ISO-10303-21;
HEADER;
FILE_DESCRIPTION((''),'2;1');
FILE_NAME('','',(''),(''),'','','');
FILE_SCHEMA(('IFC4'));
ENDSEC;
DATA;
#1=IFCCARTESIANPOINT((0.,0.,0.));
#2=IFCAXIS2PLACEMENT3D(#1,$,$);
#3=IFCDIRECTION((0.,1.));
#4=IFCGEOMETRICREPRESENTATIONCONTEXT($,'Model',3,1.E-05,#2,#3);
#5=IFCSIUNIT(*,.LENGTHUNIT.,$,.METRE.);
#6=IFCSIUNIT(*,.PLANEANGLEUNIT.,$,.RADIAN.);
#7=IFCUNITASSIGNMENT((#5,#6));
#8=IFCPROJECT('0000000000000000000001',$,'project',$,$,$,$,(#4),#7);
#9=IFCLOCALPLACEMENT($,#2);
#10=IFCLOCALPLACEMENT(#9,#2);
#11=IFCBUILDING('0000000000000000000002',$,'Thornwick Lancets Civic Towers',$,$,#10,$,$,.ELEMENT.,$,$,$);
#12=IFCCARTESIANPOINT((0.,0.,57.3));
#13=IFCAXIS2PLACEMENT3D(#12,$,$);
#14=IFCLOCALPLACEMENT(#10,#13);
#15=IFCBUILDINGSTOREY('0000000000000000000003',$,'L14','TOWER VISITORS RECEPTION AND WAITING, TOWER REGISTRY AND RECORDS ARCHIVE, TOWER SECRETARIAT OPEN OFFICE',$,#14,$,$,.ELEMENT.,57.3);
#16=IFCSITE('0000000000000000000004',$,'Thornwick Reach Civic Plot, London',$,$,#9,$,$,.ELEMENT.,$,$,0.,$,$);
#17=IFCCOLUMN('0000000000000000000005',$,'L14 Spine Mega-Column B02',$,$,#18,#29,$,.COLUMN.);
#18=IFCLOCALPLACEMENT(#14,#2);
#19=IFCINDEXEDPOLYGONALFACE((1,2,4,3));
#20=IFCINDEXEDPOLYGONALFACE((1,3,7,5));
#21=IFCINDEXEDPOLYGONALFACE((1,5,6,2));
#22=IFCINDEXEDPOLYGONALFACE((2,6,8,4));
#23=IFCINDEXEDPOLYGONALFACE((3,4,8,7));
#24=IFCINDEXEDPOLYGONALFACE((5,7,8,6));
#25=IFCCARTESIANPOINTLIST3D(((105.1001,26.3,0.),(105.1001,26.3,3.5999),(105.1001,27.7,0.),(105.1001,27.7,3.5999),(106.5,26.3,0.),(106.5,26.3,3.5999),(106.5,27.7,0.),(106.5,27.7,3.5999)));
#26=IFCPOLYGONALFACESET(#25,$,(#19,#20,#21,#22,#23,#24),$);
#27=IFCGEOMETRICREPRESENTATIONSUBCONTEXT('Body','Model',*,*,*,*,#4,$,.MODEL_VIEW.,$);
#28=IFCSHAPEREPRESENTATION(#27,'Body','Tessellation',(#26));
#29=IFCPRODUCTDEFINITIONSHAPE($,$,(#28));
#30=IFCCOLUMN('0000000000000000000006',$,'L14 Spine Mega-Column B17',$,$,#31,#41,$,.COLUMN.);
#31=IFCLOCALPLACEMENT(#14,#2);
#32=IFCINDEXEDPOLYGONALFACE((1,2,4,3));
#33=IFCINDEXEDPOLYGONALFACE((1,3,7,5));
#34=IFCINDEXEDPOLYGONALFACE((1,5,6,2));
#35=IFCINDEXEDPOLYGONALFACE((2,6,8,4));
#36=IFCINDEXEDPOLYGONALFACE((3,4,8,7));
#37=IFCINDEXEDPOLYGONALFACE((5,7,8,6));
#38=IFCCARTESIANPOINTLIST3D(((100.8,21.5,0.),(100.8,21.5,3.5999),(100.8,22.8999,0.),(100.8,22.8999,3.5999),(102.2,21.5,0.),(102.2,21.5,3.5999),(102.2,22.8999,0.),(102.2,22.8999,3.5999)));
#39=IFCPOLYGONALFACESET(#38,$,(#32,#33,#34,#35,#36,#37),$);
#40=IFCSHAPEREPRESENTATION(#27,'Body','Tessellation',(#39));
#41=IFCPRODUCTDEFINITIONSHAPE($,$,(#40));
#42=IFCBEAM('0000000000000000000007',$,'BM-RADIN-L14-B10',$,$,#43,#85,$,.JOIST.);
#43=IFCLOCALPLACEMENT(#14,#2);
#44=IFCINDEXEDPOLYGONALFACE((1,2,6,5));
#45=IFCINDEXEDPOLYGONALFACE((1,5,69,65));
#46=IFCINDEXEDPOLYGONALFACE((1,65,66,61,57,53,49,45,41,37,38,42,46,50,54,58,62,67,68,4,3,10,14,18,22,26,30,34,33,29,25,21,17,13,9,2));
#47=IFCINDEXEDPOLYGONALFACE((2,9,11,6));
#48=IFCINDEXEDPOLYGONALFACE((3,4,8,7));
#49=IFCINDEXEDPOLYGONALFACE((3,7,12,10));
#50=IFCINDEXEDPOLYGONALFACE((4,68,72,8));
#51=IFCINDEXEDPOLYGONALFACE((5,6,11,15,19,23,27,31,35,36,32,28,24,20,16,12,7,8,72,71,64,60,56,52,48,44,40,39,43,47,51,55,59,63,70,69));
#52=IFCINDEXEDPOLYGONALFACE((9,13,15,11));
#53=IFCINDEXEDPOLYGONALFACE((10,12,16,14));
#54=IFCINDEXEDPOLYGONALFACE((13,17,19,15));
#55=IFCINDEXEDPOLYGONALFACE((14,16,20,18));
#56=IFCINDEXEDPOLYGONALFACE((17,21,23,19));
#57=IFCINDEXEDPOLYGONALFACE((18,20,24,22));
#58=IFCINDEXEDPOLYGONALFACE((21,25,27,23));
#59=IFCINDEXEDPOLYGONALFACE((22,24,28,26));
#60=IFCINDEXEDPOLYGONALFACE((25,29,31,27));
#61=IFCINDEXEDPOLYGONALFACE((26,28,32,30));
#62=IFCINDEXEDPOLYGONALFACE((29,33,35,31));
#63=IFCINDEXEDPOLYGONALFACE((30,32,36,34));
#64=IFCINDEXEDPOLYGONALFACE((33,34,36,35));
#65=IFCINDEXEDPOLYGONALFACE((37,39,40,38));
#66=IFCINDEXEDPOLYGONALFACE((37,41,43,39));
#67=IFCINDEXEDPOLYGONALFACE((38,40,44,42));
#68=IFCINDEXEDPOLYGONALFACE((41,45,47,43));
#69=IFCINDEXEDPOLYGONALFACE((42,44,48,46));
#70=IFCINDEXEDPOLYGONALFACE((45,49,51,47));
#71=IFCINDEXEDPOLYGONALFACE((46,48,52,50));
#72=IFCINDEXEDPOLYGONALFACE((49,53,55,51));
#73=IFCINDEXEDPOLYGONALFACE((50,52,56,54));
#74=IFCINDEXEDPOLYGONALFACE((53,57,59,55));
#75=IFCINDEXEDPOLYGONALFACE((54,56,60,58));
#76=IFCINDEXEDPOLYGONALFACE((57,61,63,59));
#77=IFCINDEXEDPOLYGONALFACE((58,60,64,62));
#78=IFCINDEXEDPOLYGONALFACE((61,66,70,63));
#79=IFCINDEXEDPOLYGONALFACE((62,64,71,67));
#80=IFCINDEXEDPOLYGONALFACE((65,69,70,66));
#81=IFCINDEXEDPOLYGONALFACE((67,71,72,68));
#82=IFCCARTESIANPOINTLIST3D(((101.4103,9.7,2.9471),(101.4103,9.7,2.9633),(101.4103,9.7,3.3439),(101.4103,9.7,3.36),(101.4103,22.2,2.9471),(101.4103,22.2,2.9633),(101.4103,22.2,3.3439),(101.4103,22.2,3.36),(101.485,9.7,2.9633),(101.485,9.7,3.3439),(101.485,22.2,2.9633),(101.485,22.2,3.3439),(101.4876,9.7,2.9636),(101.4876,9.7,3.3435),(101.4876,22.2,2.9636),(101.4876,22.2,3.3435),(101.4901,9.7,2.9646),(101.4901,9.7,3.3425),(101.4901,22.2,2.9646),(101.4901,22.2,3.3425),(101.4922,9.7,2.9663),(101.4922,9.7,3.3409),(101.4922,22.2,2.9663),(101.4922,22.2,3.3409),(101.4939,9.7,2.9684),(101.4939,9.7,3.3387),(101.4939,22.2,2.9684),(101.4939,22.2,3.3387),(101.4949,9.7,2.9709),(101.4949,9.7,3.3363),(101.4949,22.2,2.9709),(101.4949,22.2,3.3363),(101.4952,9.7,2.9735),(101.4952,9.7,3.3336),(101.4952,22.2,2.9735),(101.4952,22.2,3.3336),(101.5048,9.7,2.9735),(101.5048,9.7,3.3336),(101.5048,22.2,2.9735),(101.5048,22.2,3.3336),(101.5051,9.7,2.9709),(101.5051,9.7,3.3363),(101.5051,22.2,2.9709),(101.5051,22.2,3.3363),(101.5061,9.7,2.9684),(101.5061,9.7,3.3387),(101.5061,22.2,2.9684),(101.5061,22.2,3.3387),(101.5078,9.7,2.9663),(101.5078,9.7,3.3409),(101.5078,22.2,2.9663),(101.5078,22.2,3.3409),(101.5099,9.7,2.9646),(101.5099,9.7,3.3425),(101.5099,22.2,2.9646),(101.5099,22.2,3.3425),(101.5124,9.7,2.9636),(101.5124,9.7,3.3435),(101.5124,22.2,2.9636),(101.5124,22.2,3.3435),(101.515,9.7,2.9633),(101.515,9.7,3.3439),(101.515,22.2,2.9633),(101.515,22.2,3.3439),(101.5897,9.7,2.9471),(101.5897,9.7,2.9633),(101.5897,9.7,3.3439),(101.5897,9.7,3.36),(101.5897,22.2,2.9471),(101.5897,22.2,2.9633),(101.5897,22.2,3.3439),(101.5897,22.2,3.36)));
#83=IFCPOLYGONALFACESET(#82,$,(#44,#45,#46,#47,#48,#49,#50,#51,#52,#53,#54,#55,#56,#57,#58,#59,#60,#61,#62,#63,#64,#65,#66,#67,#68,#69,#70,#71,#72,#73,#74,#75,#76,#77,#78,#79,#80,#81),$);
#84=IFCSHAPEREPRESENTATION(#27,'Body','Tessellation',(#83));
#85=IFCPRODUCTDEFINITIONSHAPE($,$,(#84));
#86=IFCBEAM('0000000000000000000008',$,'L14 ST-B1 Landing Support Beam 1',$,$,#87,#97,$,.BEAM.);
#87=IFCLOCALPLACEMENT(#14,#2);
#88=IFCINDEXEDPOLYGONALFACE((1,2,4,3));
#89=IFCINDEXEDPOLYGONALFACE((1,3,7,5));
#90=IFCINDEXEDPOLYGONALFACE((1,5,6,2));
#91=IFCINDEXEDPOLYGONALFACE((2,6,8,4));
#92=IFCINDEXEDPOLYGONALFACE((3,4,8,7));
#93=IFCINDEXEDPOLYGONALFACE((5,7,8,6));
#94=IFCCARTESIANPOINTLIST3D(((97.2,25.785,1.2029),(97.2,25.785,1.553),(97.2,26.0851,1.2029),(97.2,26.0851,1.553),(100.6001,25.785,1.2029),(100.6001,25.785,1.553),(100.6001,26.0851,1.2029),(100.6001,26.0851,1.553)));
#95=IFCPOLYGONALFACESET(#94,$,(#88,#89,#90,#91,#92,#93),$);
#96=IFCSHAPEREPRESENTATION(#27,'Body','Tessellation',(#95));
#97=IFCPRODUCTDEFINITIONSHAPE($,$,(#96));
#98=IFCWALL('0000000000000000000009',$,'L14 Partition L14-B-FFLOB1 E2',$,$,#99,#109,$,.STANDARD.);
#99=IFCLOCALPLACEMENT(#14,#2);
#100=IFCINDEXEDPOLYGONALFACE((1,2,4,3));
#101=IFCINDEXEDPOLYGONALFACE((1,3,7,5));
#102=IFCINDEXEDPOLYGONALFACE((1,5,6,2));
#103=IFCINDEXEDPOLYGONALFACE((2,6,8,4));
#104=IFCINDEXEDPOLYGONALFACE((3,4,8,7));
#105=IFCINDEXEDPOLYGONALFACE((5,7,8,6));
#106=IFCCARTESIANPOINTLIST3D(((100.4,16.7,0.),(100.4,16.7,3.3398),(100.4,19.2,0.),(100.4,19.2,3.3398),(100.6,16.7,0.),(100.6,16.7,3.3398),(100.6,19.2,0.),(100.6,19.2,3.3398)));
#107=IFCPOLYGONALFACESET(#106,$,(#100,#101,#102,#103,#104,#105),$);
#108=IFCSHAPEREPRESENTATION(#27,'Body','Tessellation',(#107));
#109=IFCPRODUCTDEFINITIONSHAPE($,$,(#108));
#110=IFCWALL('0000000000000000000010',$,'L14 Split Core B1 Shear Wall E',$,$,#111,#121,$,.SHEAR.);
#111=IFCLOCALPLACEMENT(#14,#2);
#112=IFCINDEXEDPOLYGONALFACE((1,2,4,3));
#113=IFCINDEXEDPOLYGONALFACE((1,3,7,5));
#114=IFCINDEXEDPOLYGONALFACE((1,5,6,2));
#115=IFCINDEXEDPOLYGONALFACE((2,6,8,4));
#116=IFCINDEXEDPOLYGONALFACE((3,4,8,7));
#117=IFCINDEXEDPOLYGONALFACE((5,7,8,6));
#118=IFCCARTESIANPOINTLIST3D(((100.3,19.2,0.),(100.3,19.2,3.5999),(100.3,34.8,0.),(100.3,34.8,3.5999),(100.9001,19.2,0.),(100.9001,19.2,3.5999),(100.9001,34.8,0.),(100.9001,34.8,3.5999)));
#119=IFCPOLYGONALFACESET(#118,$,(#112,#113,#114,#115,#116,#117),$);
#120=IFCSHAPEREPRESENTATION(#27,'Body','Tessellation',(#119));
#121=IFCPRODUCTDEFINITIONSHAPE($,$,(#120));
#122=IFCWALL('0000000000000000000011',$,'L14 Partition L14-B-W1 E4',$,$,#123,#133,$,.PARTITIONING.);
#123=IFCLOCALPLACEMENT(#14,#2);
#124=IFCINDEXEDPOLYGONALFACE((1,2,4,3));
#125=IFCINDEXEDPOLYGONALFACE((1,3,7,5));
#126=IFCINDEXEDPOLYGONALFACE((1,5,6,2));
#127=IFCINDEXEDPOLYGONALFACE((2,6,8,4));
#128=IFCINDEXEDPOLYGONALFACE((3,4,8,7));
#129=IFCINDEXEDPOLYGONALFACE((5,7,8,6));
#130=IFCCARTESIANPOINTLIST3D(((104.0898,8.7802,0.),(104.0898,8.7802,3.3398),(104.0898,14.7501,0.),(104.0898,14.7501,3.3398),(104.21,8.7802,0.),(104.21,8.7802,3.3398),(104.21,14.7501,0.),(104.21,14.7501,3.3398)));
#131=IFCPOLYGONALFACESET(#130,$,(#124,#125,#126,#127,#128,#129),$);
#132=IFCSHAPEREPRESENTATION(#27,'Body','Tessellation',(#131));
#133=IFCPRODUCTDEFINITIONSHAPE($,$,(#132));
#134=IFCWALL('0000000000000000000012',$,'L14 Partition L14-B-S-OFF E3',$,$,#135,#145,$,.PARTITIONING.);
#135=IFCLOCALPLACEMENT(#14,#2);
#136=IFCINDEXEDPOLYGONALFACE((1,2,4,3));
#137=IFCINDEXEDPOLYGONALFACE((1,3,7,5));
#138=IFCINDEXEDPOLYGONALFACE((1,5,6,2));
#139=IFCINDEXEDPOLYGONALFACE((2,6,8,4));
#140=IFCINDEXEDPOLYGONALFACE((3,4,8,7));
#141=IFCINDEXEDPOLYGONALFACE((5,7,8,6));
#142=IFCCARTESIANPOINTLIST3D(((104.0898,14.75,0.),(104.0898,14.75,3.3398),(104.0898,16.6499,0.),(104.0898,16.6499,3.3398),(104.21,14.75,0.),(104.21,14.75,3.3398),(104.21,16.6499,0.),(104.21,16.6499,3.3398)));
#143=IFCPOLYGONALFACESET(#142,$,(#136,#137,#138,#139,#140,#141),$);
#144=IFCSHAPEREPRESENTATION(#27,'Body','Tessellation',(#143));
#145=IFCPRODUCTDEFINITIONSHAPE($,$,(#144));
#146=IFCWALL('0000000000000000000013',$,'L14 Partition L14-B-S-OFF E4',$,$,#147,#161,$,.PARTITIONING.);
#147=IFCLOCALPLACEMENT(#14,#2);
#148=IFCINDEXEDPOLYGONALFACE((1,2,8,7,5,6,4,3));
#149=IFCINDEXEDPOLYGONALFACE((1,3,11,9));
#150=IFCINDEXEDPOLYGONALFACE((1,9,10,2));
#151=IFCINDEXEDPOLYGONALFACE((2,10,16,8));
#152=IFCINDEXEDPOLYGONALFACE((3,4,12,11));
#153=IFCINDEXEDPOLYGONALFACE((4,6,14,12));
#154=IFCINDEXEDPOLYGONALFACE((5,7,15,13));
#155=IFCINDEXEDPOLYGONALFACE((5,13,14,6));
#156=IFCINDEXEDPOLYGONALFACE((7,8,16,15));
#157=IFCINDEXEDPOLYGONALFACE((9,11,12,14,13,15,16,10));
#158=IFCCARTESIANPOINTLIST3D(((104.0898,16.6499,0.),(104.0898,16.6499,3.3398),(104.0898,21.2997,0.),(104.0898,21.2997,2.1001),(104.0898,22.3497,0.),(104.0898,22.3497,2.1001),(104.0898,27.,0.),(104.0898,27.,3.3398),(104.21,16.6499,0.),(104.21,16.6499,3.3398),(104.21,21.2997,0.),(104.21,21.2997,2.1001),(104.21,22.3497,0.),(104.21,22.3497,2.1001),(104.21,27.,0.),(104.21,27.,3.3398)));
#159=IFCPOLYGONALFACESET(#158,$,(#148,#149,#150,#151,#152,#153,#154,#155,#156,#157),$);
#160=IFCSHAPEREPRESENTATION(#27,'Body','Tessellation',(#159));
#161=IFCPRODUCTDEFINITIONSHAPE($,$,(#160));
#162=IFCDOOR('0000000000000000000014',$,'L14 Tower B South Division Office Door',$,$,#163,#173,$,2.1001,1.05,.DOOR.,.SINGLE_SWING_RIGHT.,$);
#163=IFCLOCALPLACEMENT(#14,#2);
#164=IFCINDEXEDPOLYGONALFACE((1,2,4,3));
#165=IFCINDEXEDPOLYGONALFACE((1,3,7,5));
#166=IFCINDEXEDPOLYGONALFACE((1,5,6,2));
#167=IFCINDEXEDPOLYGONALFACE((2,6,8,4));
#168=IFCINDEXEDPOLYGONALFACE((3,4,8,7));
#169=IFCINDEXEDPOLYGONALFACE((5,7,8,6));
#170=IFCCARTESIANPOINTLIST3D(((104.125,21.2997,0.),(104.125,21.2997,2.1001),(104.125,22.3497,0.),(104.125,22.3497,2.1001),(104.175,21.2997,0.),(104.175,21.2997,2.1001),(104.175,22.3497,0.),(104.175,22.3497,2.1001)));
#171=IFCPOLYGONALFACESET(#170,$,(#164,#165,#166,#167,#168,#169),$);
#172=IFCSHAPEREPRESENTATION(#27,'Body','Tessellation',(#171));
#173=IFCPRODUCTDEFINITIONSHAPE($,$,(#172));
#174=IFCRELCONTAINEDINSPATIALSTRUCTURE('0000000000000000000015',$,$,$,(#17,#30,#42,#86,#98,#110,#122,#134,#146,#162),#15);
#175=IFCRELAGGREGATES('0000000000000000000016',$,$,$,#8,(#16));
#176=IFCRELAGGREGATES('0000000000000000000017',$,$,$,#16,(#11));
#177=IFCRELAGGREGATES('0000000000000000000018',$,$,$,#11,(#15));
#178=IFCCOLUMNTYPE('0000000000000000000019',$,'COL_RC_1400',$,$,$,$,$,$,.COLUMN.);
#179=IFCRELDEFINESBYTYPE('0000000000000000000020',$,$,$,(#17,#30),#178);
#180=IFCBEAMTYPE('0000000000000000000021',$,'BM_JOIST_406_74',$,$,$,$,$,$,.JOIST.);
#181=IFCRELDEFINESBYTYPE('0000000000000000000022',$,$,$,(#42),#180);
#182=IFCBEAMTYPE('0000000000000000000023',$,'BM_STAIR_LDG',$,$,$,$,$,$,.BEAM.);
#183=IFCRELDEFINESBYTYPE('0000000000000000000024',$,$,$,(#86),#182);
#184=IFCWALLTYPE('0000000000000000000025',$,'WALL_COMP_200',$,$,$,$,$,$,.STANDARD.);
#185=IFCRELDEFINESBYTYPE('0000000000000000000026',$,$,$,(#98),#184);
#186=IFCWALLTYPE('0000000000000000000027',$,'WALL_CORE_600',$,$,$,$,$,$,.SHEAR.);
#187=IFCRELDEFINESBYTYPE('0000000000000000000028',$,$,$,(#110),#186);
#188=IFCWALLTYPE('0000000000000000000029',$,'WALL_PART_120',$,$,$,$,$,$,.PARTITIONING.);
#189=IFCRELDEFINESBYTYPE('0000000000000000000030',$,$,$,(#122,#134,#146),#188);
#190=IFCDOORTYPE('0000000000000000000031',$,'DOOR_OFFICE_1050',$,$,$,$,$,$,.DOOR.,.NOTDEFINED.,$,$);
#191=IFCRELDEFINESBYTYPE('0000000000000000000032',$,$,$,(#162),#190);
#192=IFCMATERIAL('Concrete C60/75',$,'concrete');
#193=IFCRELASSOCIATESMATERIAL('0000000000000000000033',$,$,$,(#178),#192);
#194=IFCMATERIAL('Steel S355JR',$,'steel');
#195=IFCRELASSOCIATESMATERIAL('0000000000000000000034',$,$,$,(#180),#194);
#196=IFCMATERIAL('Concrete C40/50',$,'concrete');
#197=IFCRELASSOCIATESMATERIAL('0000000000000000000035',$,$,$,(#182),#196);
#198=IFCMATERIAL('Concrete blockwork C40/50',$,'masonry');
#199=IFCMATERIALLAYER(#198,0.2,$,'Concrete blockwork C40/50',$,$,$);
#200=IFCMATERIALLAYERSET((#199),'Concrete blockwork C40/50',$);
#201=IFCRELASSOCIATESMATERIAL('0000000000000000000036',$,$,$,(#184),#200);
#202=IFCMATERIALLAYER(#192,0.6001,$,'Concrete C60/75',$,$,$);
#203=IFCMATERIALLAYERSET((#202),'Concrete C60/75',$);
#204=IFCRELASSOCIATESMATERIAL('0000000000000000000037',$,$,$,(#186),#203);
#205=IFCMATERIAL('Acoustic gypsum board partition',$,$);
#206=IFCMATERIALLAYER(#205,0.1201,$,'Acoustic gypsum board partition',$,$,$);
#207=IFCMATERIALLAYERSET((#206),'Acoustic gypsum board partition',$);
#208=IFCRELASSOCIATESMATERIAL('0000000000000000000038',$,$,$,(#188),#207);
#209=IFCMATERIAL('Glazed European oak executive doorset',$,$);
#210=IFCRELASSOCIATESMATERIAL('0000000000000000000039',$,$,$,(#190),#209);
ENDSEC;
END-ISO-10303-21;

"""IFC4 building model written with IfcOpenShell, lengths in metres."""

from ifc_helpers import new_model, si_unit, direction, frame, frame_2d, origin, origin_2d, place, context, subcontext, project, spatial, rectangle, i_section, extrude, material, layer, layer_set, material_profile, profile_set, type_object, element, fill, save


model = new_model("IFC4")

# Units and contexts
model_context = context("Model", 3, precision=1e-05, world=origin(), true_north=direction((0.0, 1.0)))
body_context = subcontext(model_context, "Body", "Model", "MODEL_VIEW")
ifc_project = project(units=[si_unit("LENGTHUNIT", "METRE"), si_unit("PLANEANGLEUNIT", "RADIAN")], contexts=[model_context])

# Site, building, storey
site_placement = place(None, origin())
site = spatial("IfcSite", under=ifc_project, at=site_placement, Name="Thornwick Reach Civic Plot, London", CompositionType="ELEMENT", RefElevation=0.0)
building_placement = place(site_placement, origin())
building = spatial("IfcBuilding", under=site, at=building_placement, Name="Thornwick Lancets Civic Towers", CompositionType="ELEMENT")
storey_placement = place(building_placement, frame((0.0, 0.0, 57.3)))
storey = spatial("IfcBuildingStorey", under=building, at=storey_placement, Name="L14", Description="TOWER VISITORS RECEPTION AND WAITING, TOWER REGISTRY AND RECORDS ARCHIVE, TOWER SECRETARIAT OPEN OFFICE", CompositionType="ELEMENT", Elevation=57.3)

# Columns
ifc_material_1 = material(Name="Concrete C60/75", Category="concrete")
ifc_material_profile_1 = material_profile(ifc_material_1, rectangle(XDim=1.3999, YDim=1.3999, at=origin_2d()), Name="RC 1400x1400")
ifc_profile_set_1 = profile_set([ifc_material_profile_1], Name="Concrete C60/75")
column_type = type_object("IfcColumnType", Name="COL_RC_1400", PredefinedType="COLUMN", material=ifc_profile_set_1)
for number, where, z_axis, x_axis, name in (
    (1, (105.8, 27.0, 0.0), (0.0, 0.0, 1.0), (1.0, 0.0, 0.0), "L14 Spine Mega-Column B02"),
    (2, (101.5, 22.2, 0.0), (0.0, 0.0, 1.0), (1.0, 0.0, 0.0), "L14 Spine Mega-Column B17"),
):
    element("IfcColumn", number, at=place(storey_placement, frame(where, z_axis=z_axis, x_axis=x_axis)), inside=storey, type_object=column_type, Name=name, PredefinedType="COLUMN", context=body_context, shape_type="SweptSolid", body=[
        extrude(rectangle(XDim=1.3999, YDim=1.3999, at=origin_2d()), origin(), (0.0, 0.0, 1.0), 3.5999),
    ])

# Beams
ifc_material_2 = material(Name="Steel S355JR", Category="steel")
ifc_material_profile_2 = material_profile(ifc_material_2, i_section(OverallWidth=0.1794, OverallDepth=0.4128, WebThickness=0.0095, FlangeThickness=0.0161, FilletRadius=0.0103, at=origin_2d()), Name="UKB 406x178x74")
ifc_profile_set_2 = profile_set([ifc_material_profile_2], Name="Steel S355JR")
beam_type_1 = type_object("IfcBeamType", Name="BM_JOIST_406_74", PredefinedType="JOIST", material=ifc_profile_set_2)
beam_1_placement = place(storey_placement, frame((101.5, 22.2, 3.1536), z_axis=(0.0, -1.0, 0.0), x_axis=(1.0, 0.0, 0.0)))
element("IfcBeam", 3, at=beam_1_placement, inside=storey, type_object=beam_type_1, Name="BM-RADIN-L14-B10", PredefinedType="JOIST", context=body_context, shape_type="SweptSolid", body=[
    extrude(i_section(OverallWidth=0.1794, OverallDepth=0.4128, WebThickness=0.0095, FlangeThickness=0.0161, FilletRadius=0.0103, at=origin_2d()), origin(), (0.0, 0.0, 1.0), 12.5),
])
ifc_material_3 = material(Name="Concrete C40/50", Category="concrete")
ifc_material_profile_3 = material_profile(ifc_material_3, rectangle(XDim=0.3, YDim=0.3501, at=origin_2d()), Name="RC 300x350")
ifc_profile_set_3 = profile_set([ifc_material_profile_3], Name="Concrete C40/50")
beam_type_2 = type_object("IfcBeamType", Name="BM_STAIR_LDG", PredefinedType="BEAM", material=ifc_profile_set_3)
beam_2_placement = place(storey_placement, frame((100.6001, 25.9351, 1.3779), z_axis=(-1.0, 0.0, 0.0), x_axis=(0.0, -1.0, 0.0)))
element("IfcBeam", 4, at=beam_2_placement, inside=storey, type_object=beam_type_2, Name="L14 ST-B1 Landing Support Beam 1", PredefinedType="BEAM", context=body_context, shape_type="SweptSolid", body=[
    extrude(rectangle(XDim=0.3, YDim=0.3501, at=origin_2d()), origin(), (0.0, 0.0, 1.0), 3.4001),
])

# Walls
ifc_material_4 = material(Name="Concrete blockwork C40/50", Category="masonry")
ifc_layer_1 = layer(ifc_material_4, 0.2, Name="Concrete blockwork C40/50")
ifc_layer_set_1 = layer_set([ifc_layer_1], Name="Concrete blockwork C40/50")
wall_type_1 = type_object("IfcWallType", Name="WALL_COMP_200", PredefinedType="STANDARD", material=ifc_layer_set_1)
wall_1_placement = place(storey_placement, frame((100.5, 16.7, 0.0), z_axis=(0.0, 0.0, 1.0), x_axis=(0.0, 1.0, 0.0)))
element("IfcWall", 5, at=wall_1_placement, inside=storey, type_object=wall_type_1, Name="L14 Partition L14-B-FFLOB1 E2", PredefinedType="STANDARD", context=body_context, shape_type="SweptSolid", body=[
    extrude(rectangle(XDim=2.5, YDim=0.2, at=frame_2d((1.25, 0.0))), origin(), (0.0, 0.0, 1.0), 3.3398),
])
ifc_layer_2 = layer(ifc_material_1, 0.6001, Name="Concrete C60/75")
ifc_layer_set_2 = layer_set([ifc_layer_2], Name="Concrete C60/75")
wall_type_2 = type_object("IfcWallType", Name="WALL_CORE_600", PredefinedType="SHEAR", material=ifc_layer_set_2)
wall_2_placement = place(storey_placement, frame((100.6001, 19.2, 0.0), z_axis=(0.0, 0.0, 1.0), x_axis=(0.0, 1.0, 0.0)))
element("IfcWall", 6, at=wall_2_placement, inside=storey, type_object=wall_type_2, Name="L14 Split Core B1 Shear Wall E", PredefinedType="SHEAR", context=body_context, shape_type="SweptSolid", body=[
    extrude(rectangle(XDim=15.6001, YDim=0.6001, at=frame_2d((7.8, 0.0))), origin(), (0.0, 0.0, 1.0), 3.5999),
])
ifc_material_5 = material(Name="Acoustic gypsum board partition")
ifc_layer_3 = layer(ifc_material_5, 0.1201, Name="Acoustic gypsum board partition")
ifc_layer_set_3 = layer_set([ifc_layer_3], Name="Acoustic gypsum board partition")
wall_type_3 = type_object("IfcWallType", Name="WALL_PART_120", PredefinedType="PARTITIONING", material=ifc_layer_set_3)
wall_3_placement = place(storey_placement, frame((104.1499, 14.75, 0.0), z_axis=(0.0, 0.0, 1.0), x_axis=(0.0, -1.0, 0.0)))
element("IfcWall", 7, at=wall_3_placement, inside=storey, type_object=wall_type_3, Name="L14 Partition L14-B-W1 E4", PredefinedType="PARTITIONING", context=body_context, shape_type="SweptSolid", body=[
    extrude(rectangle(XDim=5.97, YDim=0.1201, at=frame_2d((2.9849, 0.0))), origin(), (0.0, 0.0, 1.0), 3.3398),
])
wall_4_placement = place(storey_placement, frame((104.1499, 14.75, 0.0), z_axis=(0.0, 0.0, 1.0), x_axis=(0.0, 1.0, 0.0)))
element("IfcWall", 8, at=wall_4_placement, inside=storey, type_object=wall_type_3, Name="L14 Partition L14-B-S-OFF E3", PredefinedType="PARTITIONING", context=body_context, shape_type="SweptSolid", body=[
    extrude(rectangle(XDim=1.8999, YDim=0.1201, at=frame_2d((0.95, 0.0))), origin(), (0.0, 0.0, 1.0), 3.3398),
])

# Wall, opening, door
wall_5_placement = place(storey_placement, frame((104.1499, 16.6499, 0.0), z_axis=(0.0, 0.0, 1.0), x_axis=(0.0, 1.0, 0.0)))
wall_5 = element("IfcWall", 9, at=wall_5_placement, inside=storey, type_object=wall_type_3, Name="L14 Partition L14-B-S-OFF E4", PredefinedType="PARTITIONING", context=body_context, shape_type="SweptSolid", body=[
    extrude(rectangle(XDim=10.3501, YDim=0.1201, at=frame_2d((5.175, 0.0))), origin(), (0.0, 0.0, 1.0), 3.3398),
])
opening_1_placement = place(wall_5_placement, frame((4.6499, 0.0, 0.0)))
opening_1 = element("IfcOpeningElement", 10, at=opening_1_placement, cuts=wall_5, PredefinedType="OPENING", context=body_context, shape_type="SweptSolid", body=[
    extrude(rectangle(XDim=1.05, YDim=2.1001, at=frame_2d((0.5249, 1.05))), frame((0.0, 0.0701, 0.0), z_axis=(0.0, -1.0, 0.0), x_axis=(1.0, 0.0, 0.0)), (0.0, 0.0, 1.0), 0.1401),
])
ifc_material_6 = material(Name="Glazed European oak executive doorset")
door_type_1 = type_object("IfcDoorType", Name="DOOR_OFFICE_1050", OperationType="NOTDEFINED", PredefinedType="DOOR", material=ifc_material_6)
door_1_placement = place(opening_1_placement, origin())
door_1 = element("IfcDoor", 11, at=door_1_placement, inside=storey, type_object=door_type_1, Name="L14 Tower B South Division Office Door", OperationType="SINGLE_SWING_RIGHT", OverallHeight=2.1001, OverallWidth=1.05, PredefinedType="DOOR", context=body_context, shape_type="SweptSolid", body=[
    extrude(rectangle(XDim=1.05, YDim=2.1001, at=frame_2d((0.5249, 1.05))), frame((0.0, 0.0249, 0.0), z_axis=(0.0, -1.0, 0.0), x_axis=(1.0, 0.0, 0.0)), (0.0, 0.0, 1.0), 0.05),
])
fill(opening_1, door_1)

save(model, "model.ifc")
